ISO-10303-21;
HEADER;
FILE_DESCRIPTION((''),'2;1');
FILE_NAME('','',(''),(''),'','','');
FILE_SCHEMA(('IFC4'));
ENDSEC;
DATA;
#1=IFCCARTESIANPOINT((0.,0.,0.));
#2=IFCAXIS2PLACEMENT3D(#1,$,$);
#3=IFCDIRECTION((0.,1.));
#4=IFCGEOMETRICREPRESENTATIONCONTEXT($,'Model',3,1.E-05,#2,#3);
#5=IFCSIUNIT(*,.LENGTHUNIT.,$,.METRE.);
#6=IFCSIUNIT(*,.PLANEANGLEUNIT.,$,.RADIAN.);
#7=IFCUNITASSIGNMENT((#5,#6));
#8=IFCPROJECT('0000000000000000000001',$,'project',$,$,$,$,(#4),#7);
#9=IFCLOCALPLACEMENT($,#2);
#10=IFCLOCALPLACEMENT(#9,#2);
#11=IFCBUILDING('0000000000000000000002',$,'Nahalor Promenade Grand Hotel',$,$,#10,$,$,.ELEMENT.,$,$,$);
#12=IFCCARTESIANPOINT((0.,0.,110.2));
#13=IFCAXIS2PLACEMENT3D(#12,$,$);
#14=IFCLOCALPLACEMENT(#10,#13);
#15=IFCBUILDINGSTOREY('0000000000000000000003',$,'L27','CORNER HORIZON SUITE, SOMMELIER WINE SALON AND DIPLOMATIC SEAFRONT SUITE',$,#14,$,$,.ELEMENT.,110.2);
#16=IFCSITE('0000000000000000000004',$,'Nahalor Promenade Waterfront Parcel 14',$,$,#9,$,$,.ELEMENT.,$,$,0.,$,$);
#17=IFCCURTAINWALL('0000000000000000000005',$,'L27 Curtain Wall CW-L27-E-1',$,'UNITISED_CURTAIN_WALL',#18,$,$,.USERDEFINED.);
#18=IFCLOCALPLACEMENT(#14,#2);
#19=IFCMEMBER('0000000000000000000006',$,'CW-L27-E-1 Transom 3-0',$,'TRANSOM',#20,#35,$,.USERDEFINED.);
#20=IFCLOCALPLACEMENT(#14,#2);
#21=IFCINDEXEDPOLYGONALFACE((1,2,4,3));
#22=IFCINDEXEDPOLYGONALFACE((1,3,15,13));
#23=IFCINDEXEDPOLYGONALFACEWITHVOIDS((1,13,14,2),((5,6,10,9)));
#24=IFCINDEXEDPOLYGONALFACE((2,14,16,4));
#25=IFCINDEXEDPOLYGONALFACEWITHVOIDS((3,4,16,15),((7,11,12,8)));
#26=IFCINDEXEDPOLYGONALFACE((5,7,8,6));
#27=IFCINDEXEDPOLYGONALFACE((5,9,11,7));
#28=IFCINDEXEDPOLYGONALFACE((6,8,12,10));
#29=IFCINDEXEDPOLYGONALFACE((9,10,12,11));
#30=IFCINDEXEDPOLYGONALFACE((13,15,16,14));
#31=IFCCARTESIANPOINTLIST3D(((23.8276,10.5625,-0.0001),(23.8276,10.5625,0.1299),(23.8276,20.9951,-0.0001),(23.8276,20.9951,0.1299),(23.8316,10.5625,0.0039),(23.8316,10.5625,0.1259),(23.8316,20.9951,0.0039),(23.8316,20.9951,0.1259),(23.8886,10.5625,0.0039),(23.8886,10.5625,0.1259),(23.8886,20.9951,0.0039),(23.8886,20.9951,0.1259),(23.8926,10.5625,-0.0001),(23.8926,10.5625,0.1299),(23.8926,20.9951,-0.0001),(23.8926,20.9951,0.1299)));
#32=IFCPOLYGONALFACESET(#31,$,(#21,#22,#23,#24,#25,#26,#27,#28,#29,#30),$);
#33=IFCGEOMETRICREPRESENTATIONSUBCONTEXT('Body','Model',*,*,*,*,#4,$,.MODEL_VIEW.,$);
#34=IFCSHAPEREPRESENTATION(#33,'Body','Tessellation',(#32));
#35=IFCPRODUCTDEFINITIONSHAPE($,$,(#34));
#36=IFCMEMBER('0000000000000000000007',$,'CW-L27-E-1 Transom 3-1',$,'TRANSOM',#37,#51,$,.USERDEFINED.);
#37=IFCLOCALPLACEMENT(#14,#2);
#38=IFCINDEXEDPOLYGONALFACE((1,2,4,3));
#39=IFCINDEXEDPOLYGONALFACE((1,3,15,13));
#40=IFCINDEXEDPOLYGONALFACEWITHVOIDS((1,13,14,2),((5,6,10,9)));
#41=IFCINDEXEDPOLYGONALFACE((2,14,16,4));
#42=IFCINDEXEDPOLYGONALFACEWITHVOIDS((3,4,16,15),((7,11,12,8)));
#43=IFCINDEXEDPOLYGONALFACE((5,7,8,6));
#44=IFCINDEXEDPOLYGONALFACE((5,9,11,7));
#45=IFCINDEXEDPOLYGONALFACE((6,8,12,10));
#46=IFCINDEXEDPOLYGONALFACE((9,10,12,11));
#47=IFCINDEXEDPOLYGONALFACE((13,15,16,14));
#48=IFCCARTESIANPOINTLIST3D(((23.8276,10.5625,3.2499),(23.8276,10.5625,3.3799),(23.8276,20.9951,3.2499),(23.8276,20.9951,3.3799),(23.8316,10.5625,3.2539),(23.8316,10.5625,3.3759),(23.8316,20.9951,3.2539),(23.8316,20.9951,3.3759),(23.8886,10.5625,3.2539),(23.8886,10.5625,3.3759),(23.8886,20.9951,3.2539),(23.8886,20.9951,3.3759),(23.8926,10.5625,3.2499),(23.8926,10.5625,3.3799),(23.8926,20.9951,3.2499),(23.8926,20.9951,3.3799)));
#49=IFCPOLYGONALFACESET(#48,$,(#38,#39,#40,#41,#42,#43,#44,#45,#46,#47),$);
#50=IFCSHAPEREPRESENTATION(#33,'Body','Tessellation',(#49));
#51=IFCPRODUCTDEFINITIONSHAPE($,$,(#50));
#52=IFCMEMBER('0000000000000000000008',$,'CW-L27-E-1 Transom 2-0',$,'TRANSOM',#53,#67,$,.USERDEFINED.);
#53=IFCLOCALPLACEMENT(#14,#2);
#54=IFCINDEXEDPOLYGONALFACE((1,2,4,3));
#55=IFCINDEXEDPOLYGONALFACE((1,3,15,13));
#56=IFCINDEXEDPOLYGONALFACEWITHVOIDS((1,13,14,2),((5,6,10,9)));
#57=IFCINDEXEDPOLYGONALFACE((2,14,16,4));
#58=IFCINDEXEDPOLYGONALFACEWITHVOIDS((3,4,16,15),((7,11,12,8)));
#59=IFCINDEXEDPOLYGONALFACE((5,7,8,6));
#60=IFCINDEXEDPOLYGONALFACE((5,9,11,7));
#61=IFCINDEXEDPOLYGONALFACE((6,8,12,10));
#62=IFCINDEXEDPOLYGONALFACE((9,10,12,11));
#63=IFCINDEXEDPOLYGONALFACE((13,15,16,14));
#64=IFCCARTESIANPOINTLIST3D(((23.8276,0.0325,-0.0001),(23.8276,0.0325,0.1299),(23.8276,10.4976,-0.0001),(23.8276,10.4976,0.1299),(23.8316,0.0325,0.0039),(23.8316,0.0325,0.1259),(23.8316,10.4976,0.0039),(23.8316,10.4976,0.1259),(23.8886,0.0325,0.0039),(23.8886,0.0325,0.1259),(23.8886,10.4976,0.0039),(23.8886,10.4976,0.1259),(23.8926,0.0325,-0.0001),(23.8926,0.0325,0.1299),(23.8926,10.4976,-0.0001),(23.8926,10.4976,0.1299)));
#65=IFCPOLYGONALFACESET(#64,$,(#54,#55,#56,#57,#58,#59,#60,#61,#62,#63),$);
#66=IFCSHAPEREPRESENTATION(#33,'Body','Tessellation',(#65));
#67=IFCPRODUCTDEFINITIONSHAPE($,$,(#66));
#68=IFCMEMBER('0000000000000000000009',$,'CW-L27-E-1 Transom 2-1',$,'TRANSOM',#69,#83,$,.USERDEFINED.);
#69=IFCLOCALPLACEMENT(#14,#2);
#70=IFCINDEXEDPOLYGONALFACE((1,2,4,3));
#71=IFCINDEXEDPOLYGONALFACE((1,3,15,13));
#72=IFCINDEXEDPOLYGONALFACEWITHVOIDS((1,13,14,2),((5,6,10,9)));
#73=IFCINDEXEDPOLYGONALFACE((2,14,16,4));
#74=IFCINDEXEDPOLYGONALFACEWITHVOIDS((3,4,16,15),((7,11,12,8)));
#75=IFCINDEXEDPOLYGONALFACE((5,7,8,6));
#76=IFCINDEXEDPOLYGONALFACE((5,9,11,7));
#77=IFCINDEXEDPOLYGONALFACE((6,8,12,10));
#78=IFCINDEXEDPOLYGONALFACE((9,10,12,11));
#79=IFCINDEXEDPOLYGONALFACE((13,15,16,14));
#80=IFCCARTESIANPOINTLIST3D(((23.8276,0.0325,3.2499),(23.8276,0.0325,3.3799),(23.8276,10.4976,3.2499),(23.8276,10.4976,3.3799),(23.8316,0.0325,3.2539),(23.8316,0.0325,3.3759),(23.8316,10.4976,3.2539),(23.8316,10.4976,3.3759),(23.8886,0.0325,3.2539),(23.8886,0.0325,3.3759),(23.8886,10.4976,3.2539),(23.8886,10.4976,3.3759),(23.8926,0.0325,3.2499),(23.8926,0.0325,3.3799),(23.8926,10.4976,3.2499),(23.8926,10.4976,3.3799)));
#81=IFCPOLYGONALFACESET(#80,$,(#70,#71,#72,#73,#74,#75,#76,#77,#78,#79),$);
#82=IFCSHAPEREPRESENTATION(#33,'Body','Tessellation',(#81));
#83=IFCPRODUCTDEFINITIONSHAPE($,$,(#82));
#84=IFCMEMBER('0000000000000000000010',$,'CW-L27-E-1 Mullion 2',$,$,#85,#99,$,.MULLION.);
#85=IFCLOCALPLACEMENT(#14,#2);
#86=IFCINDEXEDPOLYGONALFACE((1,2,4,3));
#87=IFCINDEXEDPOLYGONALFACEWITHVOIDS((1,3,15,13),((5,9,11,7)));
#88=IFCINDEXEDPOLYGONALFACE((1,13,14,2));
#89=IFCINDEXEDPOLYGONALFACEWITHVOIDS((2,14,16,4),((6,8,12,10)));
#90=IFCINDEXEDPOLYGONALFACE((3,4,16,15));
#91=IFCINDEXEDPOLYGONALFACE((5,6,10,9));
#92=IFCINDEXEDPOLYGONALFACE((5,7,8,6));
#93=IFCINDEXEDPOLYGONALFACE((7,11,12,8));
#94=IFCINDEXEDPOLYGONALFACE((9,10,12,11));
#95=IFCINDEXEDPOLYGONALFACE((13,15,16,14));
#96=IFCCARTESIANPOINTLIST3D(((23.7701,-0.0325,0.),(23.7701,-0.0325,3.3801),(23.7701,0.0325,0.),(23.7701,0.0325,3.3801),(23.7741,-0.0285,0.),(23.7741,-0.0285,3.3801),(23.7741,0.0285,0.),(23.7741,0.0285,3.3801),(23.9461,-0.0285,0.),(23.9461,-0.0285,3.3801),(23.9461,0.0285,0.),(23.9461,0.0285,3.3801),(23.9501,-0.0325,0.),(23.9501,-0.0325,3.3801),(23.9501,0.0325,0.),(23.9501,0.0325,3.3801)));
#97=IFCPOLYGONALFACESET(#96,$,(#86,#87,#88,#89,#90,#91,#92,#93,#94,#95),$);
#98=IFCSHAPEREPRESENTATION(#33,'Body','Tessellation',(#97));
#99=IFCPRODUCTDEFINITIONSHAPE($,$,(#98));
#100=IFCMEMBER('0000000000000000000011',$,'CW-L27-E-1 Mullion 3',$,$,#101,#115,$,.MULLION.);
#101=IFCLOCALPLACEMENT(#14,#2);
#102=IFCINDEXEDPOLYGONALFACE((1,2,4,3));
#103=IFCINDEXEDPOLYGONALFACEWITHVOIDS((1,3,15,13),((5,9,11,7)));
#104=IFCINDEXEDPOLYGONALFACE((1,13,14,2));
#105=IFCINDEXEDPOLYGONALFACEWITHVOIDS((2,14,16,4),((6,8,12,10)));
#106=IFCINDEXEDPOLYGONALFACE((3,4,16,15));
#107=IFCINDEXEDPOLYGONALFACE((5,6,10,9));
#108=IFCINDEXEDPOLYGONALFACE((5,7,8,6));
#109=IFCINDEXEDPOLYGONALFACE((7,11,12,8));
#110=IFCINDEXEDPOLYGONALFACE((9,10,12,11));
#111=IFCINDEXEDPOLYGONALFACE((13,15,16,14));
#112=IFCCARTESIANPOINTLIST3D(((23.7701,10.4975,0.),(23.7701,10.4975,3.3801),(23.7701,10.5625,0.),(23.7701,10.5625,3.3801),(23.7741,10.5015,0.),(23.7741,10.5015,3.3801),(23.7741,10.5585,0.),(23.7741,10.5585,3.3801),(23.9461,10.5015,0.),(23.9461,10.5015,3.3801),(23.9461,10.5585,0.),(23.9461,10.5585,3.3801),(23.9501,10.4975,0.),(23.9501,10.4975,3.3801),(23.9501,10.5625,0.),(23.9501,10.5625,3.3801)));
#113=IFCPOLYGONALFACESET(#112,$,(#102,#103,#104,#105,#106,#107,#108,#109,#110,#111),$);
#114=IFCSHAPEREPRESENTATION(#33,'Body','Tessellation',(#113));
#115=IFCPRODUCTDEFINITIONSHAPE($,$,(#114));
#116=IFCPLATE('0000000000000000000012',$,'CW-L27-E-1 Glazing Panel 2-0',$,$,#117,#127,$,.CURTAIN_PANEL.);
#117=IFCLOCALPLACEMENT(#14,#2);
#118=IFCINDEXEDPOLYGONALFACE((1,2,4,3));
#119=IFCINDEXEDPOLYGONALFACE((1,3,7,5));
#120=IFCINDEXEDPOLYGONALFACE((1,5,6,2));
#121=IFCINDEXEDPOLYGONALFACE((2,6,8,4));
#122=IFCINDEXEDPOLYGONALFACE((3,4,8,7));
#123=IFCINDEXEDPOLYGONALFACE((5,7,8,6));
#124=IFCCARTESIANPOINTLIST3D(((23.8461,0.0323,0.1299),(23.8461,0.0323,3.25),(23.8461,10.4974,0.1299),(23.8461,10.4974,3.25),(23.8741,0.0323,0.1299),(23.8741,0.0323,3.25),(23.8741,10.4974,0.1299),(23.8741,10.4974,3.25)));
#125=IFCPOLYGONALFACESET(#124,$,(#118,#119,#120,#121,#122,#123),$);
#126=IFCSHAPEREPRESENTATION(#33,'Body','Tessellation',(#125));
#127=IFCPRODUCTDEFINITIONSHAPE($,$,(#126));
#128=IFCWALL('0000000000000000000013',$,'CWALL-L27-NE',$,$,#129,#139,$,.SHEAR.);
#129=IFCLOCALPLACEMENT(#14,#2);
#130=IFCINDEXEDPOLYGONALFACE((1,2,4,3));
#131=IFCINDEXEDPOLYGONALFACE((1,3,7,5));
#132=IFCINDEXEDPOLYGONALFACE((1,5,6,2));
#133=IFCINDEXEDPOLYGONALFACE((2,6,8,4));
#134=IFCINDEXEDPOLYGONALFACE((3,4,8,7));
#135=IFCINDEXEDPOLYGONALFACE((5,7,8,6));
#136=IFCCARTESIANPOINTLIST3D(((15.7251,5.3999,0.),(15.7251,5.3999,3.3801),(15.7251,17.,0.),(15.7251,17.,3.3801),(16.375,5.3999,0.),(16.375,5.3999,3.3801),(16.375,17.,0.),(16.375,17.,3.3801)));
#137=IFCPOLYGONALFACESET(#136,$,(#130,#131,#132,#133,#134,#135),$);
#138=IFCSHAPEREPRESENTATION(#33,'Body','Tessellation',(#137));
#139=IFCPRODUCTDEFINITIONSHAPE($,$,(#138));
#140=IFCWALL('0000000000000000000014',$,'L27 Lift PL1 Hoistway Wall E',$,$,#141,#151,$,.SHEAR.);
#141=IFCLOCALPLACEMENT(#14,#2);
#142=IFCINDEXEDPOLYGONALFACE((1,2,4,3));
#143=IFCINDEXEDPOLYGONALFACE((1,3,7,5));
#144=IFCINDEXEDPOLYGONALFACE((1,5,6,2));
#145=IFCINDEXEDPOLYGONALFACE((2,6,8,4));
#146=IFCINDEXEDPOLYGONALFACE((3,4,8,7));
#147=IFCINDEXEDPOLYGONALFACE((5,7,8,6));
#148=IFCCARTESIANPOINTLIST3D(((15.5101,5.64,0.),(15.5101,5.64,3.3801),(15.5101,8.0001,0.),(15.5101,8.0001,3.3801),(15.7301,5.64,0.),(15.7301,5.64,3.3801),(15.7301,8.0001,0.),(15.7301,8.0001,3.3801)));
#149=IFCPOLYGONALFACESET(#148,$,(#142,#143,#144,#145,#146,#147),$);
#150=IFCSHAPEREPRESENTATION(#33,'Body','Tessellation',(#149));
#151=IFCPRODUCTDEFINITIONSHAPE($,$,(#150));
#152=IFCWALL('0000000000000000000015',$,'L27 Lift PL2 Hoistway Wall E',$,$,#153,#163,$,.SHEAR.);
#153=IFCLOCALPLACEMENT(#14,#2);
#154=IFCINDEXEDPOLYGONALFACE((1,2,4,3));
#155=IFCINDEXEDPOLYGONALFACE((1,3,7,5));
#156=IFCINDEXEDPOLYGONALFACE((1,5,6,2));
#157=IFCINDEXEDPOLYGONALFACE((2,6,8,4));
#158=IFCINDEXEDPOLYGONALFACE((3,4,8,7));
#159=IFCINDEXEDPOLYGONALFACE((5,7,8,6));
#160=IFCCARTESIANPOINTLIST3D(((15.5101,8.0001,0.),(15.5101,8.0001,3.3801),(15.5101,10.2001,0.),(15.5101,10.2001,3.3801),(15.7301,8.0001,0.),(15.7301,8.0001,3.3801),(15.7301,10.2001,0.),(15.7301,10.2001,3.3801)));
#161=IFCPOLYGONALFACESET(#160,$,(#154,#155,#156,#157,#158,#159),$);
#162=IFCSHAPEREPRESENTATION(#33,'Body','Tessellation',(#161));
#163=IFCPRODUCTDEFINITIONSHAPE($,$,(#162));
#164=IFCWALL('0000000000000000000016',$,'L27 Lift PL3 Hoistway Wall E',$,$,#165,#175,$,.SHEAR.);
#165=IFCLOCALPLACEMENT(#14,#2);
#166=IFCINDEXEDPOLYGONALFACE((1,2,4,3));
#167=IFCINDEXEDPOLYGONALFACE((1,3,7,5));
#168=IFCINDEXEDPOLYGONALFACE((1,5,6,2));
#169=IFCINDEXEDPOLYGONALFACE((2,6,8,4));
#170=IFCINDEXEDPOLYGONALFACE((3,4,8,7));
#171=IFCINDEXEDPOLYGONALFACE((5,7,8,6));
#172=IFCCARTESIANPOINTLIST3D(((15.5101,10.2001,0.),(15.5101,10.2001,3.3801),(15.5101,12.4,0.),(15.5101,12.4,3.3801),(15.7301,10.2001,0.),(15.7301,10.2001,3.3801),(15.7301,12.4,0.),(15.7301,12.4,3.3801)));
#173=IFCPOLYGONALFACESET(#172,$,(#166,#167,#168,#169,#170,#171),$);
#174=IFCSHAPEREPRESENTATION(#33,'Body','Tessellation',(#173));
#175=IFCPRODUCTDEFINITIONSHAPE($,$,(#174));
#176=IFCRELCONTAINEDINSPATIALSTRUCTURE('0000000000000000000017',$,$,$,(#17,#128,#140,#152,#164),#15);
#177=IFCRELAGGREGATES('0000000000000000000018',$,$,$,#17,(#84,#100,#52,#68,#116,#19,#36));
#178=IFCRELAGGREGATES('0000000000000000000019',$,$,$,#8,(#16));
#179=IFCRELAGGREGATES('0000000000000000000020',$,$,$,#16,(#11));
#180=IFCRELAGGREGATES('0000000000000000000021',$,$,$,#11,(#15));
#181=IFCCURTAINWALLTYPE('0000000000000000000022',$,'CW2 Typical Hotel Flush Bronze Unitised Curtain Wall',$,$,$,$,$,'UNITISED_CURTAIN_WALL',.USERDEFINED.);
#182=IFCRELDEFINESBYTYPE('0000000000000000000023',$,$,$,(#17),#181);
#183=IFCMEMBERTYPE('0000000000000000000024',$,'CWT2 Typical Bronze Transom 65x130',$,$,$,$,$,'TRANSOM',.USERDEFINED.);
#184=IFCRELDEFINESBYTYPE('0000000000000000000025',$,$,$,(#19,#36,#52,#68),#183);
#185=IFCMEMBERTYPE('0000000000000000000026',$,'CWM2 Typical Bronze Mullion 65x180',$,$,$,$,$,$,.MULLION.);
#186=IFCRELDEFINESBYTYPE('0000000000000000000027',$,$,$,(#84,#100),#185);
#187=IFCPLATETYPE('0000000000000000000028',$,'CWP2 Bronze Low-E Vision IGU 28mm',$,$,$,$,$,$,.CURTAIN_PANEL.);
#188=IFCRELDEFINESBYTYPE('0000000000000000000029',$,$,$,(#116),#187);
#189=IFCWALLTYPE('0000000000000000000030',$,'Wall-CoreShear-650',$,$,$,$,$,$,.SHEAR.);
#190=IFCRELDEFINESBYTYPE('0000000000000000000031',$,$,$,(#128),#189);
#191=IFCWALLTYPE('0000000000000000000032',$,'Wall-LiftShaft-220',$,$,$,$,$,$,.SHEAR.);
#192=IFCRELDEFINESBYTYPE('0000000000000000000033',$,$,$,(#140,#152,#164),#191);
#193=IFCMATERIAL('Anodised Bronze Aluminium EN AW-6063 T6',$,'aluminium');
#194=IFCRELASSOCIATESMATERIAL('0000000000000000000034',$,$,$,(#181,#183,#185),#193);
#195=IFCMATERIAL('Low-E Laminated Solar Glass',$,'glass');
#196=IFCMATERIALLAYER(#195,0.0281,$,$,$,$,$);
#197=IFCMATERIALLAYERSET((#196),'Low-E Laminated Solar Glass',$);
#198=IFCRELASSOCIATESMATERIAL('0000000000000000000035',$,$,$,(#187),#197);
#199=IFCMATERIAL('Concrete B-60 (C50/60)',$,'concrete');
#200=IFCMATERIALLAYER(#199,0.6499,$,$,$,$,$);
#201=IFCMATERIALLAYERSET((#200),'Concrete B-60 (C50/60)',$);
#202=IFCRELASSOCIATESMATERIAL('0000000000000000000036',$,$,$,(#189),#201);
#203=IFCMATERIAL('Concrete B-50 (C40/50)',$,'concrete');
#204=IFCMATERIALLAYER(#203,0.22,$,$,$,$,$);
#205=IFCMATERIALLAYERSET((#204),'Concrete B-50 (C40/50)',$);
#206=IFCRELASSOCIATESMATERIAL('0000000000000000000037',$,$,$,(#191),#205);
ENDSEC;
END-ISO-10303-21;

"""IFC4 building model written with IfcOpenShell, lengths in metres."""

from ifc_helpers import new_model, si_unit, direction, frame, frame_2d, origin, origin_2d, place, context, subcontext, project, spatial, rectangle, hollow_rectangle, extrude, source, transform, mapped, material, layer, layer_set, material_profile, profile_set, type_object, element, aggregate, save


model = new_model("IFC4")

# Units and contexts
model_context = context("Model", 3, precision=1e-05, world=origin(), true_north=direction((0.0, 1.0)))
body_context = subcontext(model_context, "Body", "Model", "MODEL_VIEW")
ifc_project = project(units=[si_unit("LENGTHUNIT", "METRE"), si_unit("PLANEANGLEUNIT", "RADIAN")], contexts=[model_context])

# Site, building, storey
site_placement = place(None, origin())
site = spatial("IfcSite", under=ifc_project, at=site_placement, Name="Nahalor Promenade Waterfront Parcel 14", CompositionType="ELEMENT", RefElevation=0.0)
building_placement = place(site_placement, origin())
building = spatial("IfcBuilding", under=site, at=building_placement, Name="Nahalor Promenade Grand Hotel", CompositionType="ELEMENT")
storey_placement = place(building_placement, frame((0.0, 0.0, 110.2)))
storey = spatial("IfcBuildingStorey", under=building, at=storey_placement, Name="L27", Description="CORNER HORIZON SUITE, SOMMELIER WINE SALON AND DIPLOMATIC SEAFRONT SUITE", CompositionType="ELEMENT", Elevation=110.2)

# Curtain wall, members, plate
ifc_material_1 = material(Name="Anodised Bronze Aluminium EN AW-6063 T6", Category="aluminium")
curtain_wall_type = type_object("IfcCurtainWallType", Name="CW2 Typical Hotel Flush Bronze Unitised Curtain Wall", ElementType="UNITISED_CURTAIN_WALL", PredefinedType="USERDEFINED", material=ifc_material_1)
curtain_wall_placement = place(storey_placement, origin())
curtain_wall = element("IfcCurtainWall", 1, at=curtain_wall_placement, inside=storey, type_object=curtain_wall_type, Name="L27 Curtain Wall CW-L27-E-1", ObjectType="UNITISED_CURTAIN_WALL", PredefinedType="USERDEFINED")
ifc_material_profile_1 = material_profile(ifc_material_1, hollow_rectangle(XDim=0.065, YDim=0.13, WallThickness=0.004, at=origin_2d()), Name="CWT 65x130x4")
ifc_profile_set_1 = profile_set([ifc_material_profile_1], Name="Anodised Bronze Aluminium EN AW-6063 T6")
member_type_1 = type_object("IfcMemberType", Name="CWT2 Typical Bronze Transom 65x130", ElementType="TRANSOM", PredefinedType="USERDEFINED", material=ifc_profile_set_1)
shared_shape_1 = source(origin(), body_context, "Body", "SweptSolid", [
    extrude(hollow_rectangle(XDim=0.065, YDim=0.13, WallThickness=0.004, at=origin_2d()), origin(), (0.0, 0.0, 1.0), 10.4326),
])
member_1_placement = place(storey_placement, frame((23.8601, 10.5625, 0.0649), z_axis=(0.0, 1.0, 0.0), x_axis=(-1.0, 0.0, 0.0)))
member_1 = element("IfcMember", 2, at=member_1_placement, type_object=member_type_1, Name="CW-L27-E-1 Transom 3-0", ObjectType="TRANSOM", PredefinedType="USERDEFINED", context=body_context, shape_type="MappedRepresentation", body=[
    mapped(shared_shape_1, transform((0.0, 0.0, 0.0), scale=1.0)),
])
member_2_placement = place(storey_placement, frame((23.8601, 10.5625, 3.3149), z_axis=(0.0, 1.0, 0.0), x_axis=(-1.0, 0.0, 0.0)))
member_2 = element("IfcMember", 3, at=member_2_placement, type_object=member_type_1, Name="CW-L27-E-1 Transom 3-1", ObjectType="TRANSOM", PredefinedType="USERDEFINED", context=body_context, shape_type="MappedRepresentation", body=[
    mapped(shared_shape_1, transform((0.0, 0.0, 0.0), scale=1.0)),
])
shared_shape_2 = source(origin(), body_context, "Body", "SweptSolid", [
    extrude(hollow_rectangle(XDim=0.065, YDim=0.13, WallThickness=0.004, at=origin_2d()), origin(), (0.0, 0.0, 1.0), 10.4651),
])
member_3_placement = place(storey_placement, frame((23.8601, 0.0325, 0.0649), z_axis=(0.0, 1.0, 0.0), x_axis=(-1.0, 0.0, 0.0)))
member_3 = element("IfcMember", 4, at=member_3_placement, type_object=member_type_1, Name="CW-L27-E-1 Transom 2-0", ObjectType="TRANSOM", PredefinedType="USERDEFINED", context=body_context, shape_type="MappedRepresentation", body=[
    mapped(shared_shape_2, transform((0.0, 0.0, 0.0), scale=1.0)),
])
member_4_placement = place(storey_placement, frame((23.8601, 0.0325, 3.3149), z_axis=(0.0, 1.0, 0.0), x_axis=(-1.0, 0.0, 0.0)))
member_4 = element("IfcMember", 5, at=member_4_placement, type_object=member_type_1, Name="CW-L27-E-1 Transom 2-1", ObjectType="TRANSOM", PredefinedType="USERDEFINED", context=body_context, shape_type="MappedRepresentation", body=[
    mapped(shared_shape_2, transform((0.0, 0.0, 0.0), scale=1.0)),
])
ifc_material_profile_2 = material_profile(ifc_material_1, hollow_rectangle(XDim=0.065, YDim=0.18, WallThickness=0.004, at=origin_2d()), Name="CWM 65x180x4")
ifc_profile_set_2 = profile_set([ifc_material_profile_2], Name="Anodised Bronze Aluminium EN AW-6063 T6")
member_type_2 = type_object("IfcMemberType", Name="CWM2 Typical Bronze Mullion 65x180", PredefinedType="MULLION", material=ifc_profile_set_2)
shared_shape_3 = source(origin(), body_context, "Body", "SweptSolid", [
    extrude(hollow_rectangle(XDim=0.065, YDim=0.18, WallThickness=0.004, at=origin_2d()), origin(), (0.0, 0.0, 1.0), 3.3801),
])
member_5_placement = place(storey_placement, frame((23.8601, 0.0, 0.0), z_axis=(0.0, 0.0, 1.0), x_axis=(0.0, 1.0, 0.0)))
member_5 = element("IfcMember", 6, at=member_5_placement, type_object=member_type_2, Name="CW-L27-E-1 Mullion 2", PredefinedType="MULLION", context=body_context, shape_type="MappedRepresentation", body=[
    mapped(shared_shape_3, transform((0.0, 0.0, 0.0), scale=1.0)),
])
member_6_placement = place(storey_placement, frame((23.8601, 10.53, 0.0), z_axis=(0.0, 0.0, 1.0), x_axis=(0.0, 1.0, 0.0)))
member_6 = element("IfcMember", 7, at=member_6_placement, type_object=member_type_2, Name="CW-L27-E-1 Mullion 3", PredefinedType="MULLION", context=body_context, shape_type="MappedRepresentation", body=[
    mapped(shared_shape_3, transform((0.0, 0.0, 0.0), scale=1.0)),
])
ifc_material_2 = material(Name="Low-E Laminated Solar Glass", Category="glass")
ifc_layer_1 = layer(ifc_material_2, 0.0281)
ifc_layer_set_1 = layer_set([ifc_layer_1], Name="Low-E Laminated Solar Glass")
plate_type = type_object("IfcPlateType", Name="CWP2 Bronze Low-E Vision IGU 28mm", PredefinedType="CURTAIN_PANEL", material=ifc_layer_set_1)
shared_shape_4 = source(origin(), body_context, "Body", "SweptSolid", [
    extrude(rectangle(XDim=10.4651, YDim=0.0281, at=origin_2d()), origin(), (0.0, 0.0, 1.0), 3.1201),
])
plate_placement = place(storey_placement, frame((23.8601, 5.2649, 0.1299), z_axis=(0.0, 0.0, 1.0), x_axis=(0.0, 1.0, 0.0)))
plate = element("IfcPlate", 8, at=plate_placement, type_object=plate_type, Name="CW-L27-E-1 Glazing Panel 2-0", PredefinedType="CURTAIN_PANEL", context=body_context, shape_type="MappedRepresentation", body=[
    mapped(shared_shape_4, transform((0.0, 0.0, 0.0), scale=1.0)),
])
aggregate(curtain_wall, [member_5, member_6, member_3, member_4, plate, member_1, member_2])

# Walls
ifc_material_3 = material(Name="Concrete B-60 (C50/60)", Category="concrete")
ifc_layer_2 = layer(ifc_material_3, 0.6499)
ifc_layer_set_2 = layer_set([ifc_layer_2], Name="Concrete B-60 (C50/60)")
wall_type_1 = type_object("IfcWallType", Name="Wall-CoreShear-650", PredefinedType="SHEAR", material=ifc_layer_set_2)
shared_shape_5 = source(origin(), body_context, "Body", "SweptSolid", [
    extrude(rectangle(XDim=11.6001, YDim=0.6499, at=frame_2d((5.8, 0.0))), origin(), (0.0, 0.0, 1.0), 3.3801),
])
wall_1_placement = place(storey_placement, frame((16.05, 5.3999, 0.0), z_axis=(0.0, 0.0, 1.0), x_axis=(0.0, 1.0, 0.0)))
element("IfcWall", 9, at=wall_1_placement, inside=storey, type_object=wall_type_1, Name="CWALL-L27-NE", PredefinedType="SHEAR", context=body_context, shape_type="MappedRepresentation", body=[
    mapped(shared_shape_5, transform((0.0, 0.0, 0.0), scale=1.0)),
])
ifc_material_4 = material(Name="Concrete B-50 (C40/50)", Category="concrete")
ifc_layer_3 = layer(ifc_material_4, 0.22)
ifc_layer_set_3 = layer_set([ifc_layer_3], Name="Concrete B-50 (C40/50)")
wall_type_2 = type_object("IfcWallType", Name="Wall-LiftShaft-220", PredefinedType="SHEAR", material=ifc_layer_set_3)
shared_shape_6 = source(origin(), body_context, "Body", "SweptSolid", [
    extrude(rectangle(XDim=2.3601, YDim=0.22, at=frame_2d((1.1802, 0.0))), origin(), (0.0, 0.0, 1.0), 3.3801),
])
wall_2_placement = place(storey_placement, frame((15.6201, 5.6399, 0.0), z_axis=(0.0, 0.0, 1.0), x_axis=(0.0, 1.0, 0.0)))
element("IfcWall", 10, at=wall_2_placement, inside=storey, type_object=wall_type_2, Name="L27 Lift PL1 Hoistway Wall E", PredefinedType="SHEAR", context=body_context, shape_type="MappedRepresentation", body=[
    mapped(shared_shape_6, transform((0.0, 0.0, 0.0), scale=1.0)),
])
shared_shape_7 = source(origin(), body_context, "Body", "SweptSolid", [
    extrude(rectangle(XDim=2.2, YDim=0.22, at=frame_2d((1.1001, 0.0))), origin(), (0.0, 0.0, 1.0), 3.3801),
])
for number, where, z_axis, x_axis, name in (
    (11, (15.6201, 8.0, 0.0), (0.0, 0.0, 1.0), (0.0, 1.0, 0.0), "L27 Lift PL2 Hoistway Wall E"),
    (12, (15.6201, 10.2, 0.0), (0.0, 0.0, 1.0), (0.0, 1.0, 0.0), "L27 Lift PL3 Hoistway Wall E"),
):
    element("IfcWall", number, at=place(storey_placement, frame(where, z_axis=z_axis, x_axis=x_axis)), inside=storey, type_object=wall_type_2, Name=name, PredefinedType="SHEAR", context=body_context, shape_type="MappedRepresentation", body=[
        mapped(shared_shape_7, transform((0.0, 0.0, 0.0), scale=1.0)),
    ])

save(model, "model.ifc")
